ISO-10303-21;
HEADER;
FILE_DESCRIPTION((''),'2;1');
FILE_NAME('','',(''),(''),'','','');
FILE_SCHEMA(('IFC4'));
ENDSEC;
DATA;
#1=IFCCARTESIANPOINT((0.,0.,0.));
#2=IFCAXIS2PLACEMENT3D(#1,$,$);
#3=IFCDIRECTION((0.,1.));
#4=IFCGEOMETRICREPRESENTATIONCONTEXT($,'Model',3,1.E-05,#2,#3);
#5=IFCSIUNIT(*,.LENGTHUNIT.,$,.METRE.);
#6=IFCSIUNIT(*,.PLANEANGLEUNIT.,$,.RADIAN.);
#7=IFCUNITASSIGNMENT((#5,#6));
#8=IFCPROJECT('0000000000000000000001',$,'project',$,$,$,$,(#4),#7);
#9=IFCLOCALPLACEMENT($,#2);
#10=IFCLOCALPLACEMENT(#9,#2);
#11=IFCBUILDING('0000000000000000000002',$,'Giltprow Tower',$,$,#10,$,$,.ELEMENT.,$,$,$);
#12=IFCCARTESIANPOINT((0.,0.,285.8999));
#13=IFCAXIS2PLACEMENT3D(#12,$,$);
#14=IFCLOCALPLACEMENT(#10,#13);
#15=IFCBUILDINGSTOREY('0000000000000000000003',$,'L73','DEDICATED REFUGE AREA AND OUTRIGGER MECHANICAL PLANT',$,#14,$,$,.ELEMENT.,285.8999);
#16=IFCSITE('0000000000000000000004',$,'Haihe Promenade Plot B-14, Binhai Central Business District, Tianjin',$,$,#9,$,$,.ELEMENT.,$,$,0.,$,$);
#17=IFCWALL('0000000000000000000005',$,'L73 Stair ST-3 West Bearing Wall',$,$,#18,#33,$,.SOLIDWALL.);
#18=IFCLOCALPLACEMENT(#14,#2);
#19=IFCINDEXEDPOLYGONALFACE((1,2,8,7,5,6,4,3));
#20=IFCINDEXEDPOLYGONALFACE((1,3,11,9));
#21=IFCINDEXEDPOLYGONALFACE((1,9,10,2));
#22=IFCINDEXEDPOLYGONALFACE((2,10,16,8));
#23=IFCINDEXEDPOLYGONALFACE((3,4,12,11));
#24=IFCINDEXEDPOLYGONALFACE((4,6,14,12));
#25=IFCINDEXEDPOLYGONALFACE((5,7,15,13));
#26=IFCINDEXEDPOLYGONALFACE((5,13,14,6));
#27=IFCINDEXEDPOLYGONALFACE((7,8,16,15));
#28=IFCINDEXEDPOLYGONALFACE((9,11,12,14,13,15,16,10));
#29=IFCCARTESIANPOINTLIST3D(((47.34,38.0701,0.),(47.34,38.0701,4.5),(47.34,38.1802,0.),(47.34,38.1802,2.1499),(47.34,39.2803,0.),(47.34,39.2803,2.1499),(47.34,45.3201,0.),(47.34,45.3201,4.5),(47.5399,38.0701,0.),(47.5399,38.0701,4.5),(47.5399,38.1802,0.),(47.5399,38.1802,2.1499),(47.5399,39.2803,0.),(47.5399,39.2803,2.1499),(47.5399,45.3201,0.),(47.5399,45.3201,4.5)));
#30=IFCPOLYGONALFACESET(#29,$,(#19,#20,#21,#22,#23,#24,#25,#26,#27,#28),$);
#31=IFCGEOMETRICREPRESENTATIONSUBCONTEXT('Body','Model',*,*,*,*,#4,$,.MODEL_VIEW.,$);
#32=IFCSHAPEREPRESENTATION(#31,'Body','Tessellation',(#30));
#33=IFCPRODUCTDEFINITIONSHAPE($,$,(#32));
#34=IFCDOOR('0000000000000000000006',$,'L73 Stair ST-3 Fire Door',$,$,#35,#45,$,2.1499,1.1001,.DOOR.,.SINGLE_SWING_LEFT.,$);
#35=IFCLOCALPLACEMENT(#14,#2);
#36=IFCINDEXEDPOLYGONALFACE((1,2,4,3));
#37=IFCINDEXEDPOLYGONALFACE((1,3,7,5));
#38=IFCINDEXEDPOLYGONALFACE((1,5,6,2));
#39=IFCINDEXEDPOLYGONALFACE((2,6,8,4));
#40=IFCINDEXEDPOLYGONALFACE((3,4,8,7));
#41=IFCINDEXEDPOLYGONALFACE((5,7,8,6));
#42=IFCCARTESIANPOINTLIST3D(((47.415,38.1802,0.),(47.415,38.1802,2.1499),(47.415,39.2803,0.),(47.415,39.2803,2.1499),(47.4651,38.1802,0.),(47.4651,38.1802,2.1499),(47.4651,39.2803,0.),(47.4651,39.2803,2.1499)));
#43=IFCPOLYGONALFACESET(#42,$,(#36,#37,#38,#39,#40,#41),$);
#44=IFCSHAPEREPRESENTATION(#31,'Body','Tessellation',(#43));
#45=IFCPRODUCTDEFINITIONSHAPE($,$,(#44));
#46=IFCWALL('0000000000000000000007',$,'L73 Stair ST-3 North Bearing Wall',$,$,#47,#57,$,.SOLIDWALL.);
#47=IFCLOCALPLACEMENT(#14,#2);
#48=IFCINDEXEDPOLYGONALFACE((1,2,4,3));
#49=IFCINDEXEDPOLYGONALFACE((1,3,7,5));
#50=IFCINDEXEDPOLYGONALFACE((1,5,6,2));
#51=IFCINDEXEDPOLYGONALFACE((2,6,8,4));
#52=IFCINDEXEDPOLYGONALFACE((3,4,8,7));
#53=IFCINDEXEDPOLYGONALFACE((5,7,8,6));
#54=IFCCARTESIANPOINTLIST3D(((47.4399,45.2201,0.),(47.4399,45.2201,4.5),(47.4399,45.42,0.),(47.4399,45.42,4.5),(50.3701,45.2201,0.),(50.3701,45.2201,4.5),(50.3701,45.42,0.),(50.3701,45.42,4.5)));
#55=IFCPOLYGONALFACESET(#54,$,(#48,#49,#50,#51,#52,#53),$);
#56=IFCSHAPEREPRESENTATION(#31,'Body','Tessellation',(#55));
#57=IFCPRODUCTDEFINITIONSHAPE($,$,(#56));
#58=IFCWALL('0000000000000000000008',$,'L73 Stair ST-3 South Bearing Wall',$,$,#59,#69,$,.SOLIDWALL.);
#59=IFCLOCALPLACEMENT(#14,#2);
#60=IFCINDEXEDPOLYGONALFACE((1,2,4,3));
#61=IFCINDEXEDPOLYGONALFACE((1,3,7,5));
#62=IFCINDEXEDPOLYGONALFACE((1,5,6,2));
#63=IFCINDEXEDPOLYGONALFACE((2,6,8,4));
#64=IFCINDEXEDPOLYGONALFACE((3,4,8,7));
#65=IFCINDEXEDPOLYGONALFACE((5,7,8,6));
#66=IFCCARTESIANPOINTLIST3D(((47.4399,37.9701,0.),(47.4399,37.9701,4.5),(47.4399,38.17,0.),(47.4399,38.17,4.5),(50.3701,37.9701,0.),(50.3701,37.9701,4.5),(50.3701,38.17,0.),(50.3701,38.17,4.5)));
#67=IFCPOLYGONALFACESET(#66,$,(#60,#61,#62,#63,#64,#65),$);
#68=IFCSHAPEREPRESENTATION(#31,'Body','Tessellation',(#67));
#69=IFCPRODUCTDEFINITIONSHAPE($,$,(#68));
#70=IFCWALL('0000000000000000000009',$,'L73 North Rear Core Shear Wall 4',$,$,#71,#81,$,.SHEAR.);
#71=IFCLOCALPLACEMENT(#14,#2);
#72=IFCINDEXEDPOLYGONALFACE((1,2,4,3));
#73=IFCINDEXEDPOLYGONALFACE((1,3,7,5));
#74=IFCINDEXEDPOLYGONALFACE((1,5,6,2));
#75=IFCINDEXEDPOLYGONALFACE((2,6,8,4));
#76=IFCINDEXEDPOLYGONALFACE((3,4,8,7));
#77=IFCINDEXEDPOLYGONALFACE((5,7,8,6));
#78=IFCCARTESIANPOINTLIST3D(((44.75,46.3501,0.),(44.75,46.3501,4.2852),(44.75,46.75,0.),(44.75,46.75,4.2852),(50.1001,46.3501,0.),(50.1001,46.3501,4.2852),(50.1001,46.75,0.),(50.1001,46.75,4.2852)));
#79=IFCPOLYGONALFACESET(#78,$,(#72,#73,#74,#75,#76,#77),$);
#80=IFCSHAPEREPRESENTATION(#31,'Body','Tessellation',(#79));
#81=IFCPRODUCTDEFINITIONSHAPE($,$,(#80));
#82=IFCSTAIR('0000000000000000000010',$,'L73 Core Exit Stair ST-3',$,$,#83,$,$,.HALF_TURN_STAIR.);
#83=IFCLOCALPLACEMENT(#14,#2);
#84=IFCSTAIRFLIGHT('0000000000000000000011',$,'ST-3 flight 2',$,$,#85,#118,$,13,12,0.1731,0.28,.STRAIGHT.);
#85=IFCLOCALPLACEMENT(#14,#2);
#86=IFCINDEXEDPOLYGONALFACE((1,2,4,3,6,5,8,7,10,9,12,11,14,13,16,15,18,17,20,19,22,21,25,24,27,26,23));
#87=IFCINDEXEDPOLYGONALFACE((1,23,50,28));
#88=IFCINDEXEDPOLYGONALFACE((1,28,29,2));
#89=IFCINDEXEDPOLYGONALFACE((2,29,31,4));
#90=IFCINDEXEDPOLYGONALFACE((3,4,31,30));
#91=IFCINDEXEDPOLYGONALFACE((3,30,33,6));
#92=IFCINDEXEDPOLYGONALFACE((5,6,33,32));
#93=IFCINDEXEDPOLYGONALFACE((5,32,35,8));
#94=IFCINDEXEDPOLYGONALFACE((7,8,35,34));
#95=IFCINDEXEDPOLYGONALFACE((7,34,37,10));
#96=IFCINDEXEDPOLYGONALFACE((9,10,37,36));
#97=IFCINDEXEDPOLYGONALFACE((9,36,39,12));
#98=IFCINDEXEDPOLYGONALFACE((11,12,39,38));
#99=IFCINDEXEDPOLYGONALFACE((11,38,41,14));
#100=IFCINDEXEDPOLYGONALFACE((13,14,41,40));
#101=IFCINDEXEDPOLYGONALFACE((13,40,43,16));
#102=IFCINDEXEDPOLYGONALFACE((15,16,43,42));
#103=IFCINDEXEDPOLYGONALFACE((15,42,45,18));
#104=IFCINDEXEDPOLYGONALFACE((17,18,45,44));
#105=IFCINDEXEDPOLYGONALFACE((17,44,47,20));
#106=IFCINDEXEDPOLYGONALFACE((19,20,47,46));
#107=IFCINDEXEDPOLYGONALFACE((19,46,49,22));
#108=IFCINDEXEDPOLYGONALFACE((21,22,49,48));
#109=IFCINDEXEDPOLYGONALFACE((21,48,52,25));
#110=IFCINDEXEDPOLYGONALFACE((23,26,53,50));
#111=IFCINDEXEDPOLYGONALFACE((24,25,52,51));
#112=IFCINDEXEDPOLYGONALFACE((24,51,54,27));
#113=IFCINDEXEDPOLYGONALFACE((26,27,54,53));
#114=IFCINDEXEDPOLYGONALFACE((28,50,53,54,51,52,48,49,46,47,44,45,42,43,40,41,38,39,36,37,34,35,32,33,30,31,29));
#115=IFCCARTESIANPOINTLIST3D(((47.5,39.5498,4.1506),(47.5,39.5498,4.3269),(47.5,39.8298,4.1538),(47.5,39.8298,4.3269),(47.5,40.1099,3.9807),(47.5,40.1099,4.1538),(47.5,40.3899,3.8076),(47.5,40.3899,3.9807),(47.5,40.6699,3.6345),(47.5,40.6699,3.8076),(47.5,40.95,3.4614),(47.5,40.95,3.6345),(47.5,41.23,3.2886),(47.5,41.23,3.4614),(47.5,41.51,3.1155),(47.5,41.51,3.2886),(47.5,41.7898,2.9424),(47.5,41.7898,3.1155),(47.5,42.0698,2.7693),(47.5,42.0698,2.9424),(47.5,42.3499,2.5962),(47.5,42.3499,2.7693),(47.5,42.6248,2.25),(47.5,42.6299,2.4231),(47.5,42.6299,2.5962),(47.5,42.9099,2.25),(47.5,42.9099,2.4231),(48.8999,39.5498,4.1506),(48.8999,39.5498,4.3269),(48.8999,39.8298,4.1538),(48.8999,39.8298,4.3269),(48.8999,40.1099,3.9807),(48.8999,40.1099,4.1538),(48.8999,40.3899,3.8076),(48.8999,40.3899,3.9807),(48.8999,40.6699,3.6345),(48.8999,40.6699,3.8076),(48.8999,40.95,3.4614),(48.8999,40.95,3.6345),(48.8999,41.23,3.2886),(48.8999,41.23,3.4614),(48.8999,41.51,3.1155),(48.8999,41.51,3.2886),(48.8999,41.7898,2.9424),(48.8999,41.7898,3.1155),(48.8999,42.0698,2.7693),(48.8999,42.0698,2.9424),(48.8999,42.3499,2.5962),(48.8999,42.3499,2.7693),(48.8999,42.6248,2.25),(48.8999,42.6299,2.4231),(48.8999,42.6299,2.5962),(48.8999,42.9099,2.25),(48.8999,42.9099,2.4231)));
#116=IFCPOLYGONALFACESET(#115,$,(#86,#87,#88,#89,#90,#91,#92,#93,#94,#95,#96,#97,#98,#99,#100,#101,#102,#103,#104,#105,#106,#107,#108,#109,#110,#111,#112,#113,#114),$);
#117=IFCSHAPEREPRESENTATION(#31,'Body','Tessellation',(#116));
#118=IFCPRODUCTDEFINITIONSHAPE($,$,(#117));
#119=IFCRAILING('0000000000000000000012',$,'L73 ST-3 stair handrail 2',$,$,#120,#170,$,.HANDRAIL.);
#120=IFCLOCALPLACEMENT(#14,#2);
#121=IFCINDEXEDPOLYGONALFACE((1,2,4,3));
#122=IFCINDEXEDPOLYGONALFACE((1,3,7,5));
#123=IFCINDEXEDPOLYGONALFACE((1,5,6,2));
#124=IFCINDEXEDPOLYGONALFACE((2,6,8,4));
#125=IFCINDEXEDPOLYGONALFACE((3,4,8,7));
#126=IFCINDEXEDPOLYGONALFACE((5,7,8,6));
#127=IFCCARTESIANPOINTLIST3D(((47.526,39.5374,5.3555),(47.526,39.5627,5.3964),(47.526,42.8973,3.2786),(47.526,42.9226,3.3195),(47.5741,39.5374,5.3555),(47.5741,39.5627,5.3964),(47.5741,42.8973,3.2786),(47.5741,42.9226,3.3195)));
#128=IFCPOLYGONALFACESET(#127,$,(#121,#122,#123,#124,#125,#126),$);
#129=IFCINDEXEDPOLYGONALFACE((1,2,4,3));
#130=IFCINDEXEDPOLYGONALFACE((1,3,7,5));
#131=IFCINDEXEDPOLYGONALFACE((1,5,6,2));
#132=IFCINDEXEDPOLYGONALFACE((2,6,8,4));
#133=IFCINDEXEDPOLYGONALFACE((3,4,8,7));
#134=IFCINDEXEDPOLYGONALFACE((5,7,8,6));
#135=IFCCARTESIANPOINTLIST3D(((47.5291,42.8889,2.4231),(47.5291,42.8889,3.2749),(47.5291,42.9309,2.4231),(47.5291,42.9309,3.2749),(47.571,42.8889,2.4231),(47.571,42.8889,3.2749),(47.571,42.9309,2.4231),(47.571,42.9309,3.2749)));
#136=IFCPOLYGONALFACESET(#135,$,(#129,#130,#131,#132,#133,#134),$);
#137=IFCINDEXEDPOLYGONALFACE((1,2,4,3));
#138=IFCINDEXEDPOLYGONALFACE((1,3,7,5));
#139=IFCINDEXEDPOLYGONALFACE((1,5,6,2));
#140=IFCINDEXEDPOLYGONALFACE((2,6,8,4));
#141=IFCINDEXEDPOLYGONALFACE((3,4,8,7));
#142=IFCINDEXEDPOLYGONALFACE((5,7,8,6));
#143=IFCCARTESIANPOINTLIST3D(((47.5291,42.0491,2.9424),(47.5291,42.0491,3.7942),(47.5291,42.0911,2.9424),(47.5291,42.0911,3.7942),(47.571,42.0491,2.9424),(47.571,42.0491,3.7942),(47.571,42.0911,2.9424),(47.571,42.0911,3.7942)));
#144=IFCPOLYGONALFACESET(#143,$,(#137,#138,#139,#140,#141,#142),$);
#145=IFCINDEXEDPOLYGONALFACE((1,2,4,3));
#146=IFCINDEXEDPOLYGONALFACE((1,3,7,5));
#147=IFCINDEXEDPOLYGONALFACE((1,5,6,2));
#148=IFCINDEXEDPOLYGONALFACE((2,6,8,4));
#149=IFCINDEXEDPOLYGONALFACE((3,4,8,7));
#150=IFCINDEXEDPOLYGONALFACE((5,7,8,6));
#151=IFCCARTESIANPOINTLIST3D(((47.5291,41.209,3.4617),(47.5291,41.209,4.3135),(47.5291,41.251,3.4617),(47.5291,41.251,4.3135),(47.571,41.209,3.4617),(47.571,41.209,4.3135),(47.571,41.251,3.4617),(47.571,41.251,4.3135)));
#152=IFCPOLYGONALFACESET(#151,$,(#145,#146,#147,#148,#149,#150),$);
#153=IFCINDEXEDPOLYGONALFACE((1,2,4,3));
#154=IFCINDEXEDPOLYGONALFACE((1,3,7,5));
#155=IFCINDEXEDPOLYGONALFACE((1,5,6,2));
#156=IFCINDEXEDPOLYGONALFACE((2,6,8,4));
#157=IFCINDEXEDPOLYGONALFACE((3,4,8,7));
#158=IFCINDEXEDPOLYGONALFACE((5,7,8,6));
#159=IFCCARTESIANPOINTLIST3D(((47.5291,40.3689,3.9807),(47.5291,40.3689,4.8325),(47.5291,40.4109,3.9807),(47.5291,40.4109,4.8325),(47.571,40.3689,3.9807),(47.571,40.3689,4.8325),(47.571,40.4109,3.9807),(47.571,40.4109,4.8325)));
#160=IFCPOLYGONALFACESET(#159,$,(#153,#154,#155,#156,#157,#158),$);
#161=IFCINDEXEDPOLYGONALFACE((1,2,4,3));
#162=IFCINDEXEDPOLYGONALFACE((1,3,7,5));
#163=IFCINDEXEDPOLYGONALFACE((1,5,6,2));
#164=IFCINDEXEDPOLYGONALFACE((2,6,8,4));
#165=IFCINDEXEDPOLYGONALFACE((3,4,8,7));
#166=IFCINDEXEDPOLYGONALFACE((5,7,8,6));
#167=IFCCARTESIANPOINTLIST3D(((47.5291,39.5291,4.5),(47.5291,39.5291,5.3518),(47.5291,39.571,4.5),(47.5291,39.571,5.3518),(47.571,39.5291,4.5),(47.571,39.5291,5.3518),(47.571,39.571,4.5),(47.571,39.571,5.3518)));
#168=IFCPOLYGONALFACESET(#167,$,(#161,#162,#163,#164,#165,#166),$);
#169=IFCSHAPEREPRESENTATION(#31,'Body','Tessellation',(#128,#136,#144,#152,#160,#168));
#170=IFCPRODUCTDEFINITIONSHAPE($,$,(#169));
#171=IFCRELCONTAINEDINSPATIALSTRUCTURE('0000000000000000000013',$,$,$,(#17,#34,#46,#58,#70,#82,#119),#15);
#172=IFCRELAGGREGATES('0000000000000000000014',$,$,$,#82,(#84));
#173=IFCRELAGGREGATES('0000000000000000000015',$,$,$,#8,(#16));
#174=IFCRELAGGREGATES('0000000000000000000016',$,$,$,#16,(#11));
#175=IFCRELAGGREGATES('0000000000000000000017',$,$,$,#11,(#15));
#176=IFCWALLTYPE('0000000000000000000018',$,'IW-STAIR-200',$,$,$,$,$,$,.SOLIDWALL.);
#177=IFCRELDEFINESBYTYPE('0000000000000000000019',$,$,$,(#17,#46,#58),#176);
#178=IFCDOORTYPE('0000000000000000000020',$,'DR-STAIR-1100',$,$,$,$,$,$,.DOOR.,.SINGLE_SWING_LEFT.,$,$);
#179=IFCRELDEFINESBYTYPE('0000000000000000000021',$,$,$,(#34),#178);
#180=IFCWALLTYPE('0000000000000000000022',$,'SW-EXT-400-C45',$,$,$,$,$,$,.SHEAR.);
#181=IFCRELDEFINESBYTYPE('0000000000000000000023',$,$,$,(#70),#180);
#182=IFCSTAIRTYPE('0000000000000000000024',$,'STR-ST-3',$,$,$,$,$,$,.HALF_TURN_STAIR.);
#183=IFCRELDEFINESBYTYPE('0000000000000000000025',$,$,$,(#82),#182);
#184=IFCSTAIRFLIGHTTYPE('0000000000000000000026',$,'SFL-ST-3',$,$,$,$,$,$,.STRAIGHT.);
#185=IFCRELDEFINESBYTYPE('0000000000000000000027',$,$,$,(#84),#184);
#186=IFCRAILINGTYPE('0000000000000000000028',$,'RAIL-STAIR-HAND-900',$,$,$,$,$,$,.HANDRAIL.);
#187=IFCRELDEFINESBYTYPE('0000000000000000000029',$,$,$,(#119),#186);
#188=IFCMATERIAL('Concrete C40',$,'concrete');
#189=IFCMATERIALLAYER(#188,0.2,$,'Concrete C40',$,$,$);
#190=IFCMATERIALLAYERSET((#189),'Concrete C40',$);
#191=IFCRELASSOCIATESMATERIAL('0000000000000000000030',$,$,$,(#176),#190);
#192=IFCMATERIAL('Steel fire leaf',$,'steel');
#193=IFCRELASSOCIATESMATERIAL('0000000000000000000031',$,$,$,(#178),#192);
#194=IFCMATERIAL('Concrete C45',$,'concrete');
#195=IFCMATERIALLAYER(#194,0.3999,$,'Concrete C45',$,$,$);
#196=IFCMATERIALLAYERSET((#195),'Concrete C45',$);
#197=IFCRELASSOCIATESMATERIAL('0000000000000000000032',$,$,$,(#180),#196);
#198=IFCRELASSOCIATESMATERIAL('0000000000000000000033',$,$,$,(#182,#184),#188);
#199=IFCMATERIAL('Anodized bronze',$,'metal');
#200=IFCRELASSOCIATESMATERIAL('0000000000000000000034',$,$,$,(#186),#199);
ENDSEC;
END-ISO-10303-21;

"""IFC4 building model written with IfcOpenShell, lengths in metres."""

from ifc_helpers import new_model, si_unit, direction, frame, frame_2d, origin, origin_2d, place, context, subcontext, project, spatial, polyline, rectangle, outline, extrude, source, transform, mapped, material, layer, layer_set, type_object, element, fill, aggregate, save


model = new_model("IFC4")

# Units and contexts
model_context = context("Model", 3, precision=1e-05, world=origin(), true_north=direction((0.0, 1.0)))
body_context = subcontext(model_context, "Body", "Model", "MODEL_VIEW")
ifc_project = project(units=[si_unit("LENGTHUNIT", "METRE"), si_unit("PLANEANGLEUNIT", "RADIAN")], contexts=[model_context])

# Site, building, storey
site_placement = place(None, origin())
site = spatial("IfcSite", under=ifc_project, at=site_placement, Name="Haihe Promenade Plot B-14, Binhai Central Business District, Tianjin", CompositionType="ELEMENT", RefElevation=0.0)
building_placement = place(site_placement, origin())
building = spatial("IfcBuilding", under=site, at=building_placement, Name="Giltprow Tower", CompositionType="ELEMENT")
storey_placement = place(building_placement, frame((0.0, 0.0, 285.8999)))
storey = spatial("IfcBuildingStorey", under=building, at=storey_placement, Name="L73", Description="DEDICATED REFUGE AREA AND OUTRIGGER MECHANICAL PLANT", CompositionType="ELEMENT", Elevation=285.8999)

# Shared definitions
ifc_material_1 = material(Name="Concrete C45", Category="concrete")

# Shared definitions
ifc_material_2 = material(Name="Concrete C40", Category="concrete")

# Wall, opening, door
ifc_layer_1 = layer(ifc_material_2, 0.2, Name="Concrete C40")
ifc_layer_set_1 = layer_set([ifc_layer_1], Name="Concrete C40")
wall_type_1 = type_object("IfcWallType", Name="IW-STAIR-200", PredefinedType="SOLIDWALL", material=ifc_layer_set_1)
wall_1_placement = place(storey_placement, frame((47.4399, 38.0701, 0.0), z_axis=(0.0, 0.0, 1.0), x_axis=(0.0, 1.0, 0.0)))
wall_1 = element("IfcWall", 1, at=wall_1_placement, inside=storey, type_object=wall_type_1, Name="L73 Stair ST-3 West Bearing Wall", PredefinedType="SOLIDWALL", context=body_context, shape_type="SweptSolid", body=[
    extrude(rectangle(XDim=7.25, YDim=0.2, at=frame_2d((3.625, 0.0))), origin(), (0.0, 0.0, 1.0), 4.5),
])
opening_1_placement = place(wall_1_placement, frame((0.1101, 0.0, 0.0)))
opening_1 = element("IfcOpeningElement", 2, at=opening_1_placement, cuts=wall_1, PredefinedType="OPENING", context=body_context, shape_type="SweptSolid", body=[
    extrude(rectangle(XDim=1.1001, YDim=2.1499, at=frame_2d((0.55, 1.075))), frame((0.0, 0.1099, 0.0), z_axis=(0.0, -1.0, 0.0), x_axis=(1.0, 0.0, 0.0)), (0.0, 0.0, 1.0), 0.22),
])
ifc_material_3 = material(Name="Steel fire leaf", Category="steel")
door_type_1 = type_object("IfcDoorType", Name="DR-STAIR-1100", OperationType="SINGLE_SWING_LEFT", PredefinedType="DOOR", material=ifc_material_3)
shared_shape_1 = source(origin(), body_context, "Body", "SweptSolid", [
    extrude(rectangle(XDim=1.1001, YDim=2.1499, at=frame_2d((0.55, 1.075))), frame((0.0, 0.0249, 0.0), z_axis=(0.0, -1.0, 0.0), x_axis=(1.0, 0.0, 0.0)), (0.0, 0.0, 1.0), 0.05),
])
door_1_placement = place(opening_1_placement, origin())
door_1 = element("IfcDoor", 3, at=door_1_placement, inside=storey, type_object=door_type_1, Name="L73 Stair ST-3 Fire Door", OperationType="SINGLE_SWING_LEFT", OverallHeight=2.1499, OverallWidth=1.1001, PredefinedType="DOOR", context=body_context, shape_type="MappedRepresentation", body=[
    mapped(shared_shape_1, transform((0.0, 0.0, 0.0), x_axis=(1.0, 0.0, 0.0), y_axis=(0.0, 1.0, 0.0), z_axis=(0.0, 0.0, 1.0), scale=1.0)),
])
fill(opening_1, door_1)

# Walls
for number, where, z_axis, x_axis, name in (
    (4, (47.4399, 45.3201, 0.0), (0.0, 0.0, 1.0), (1.0, 0.0, 0.0), "L73 Stair ST-3 North Bearing Wall"),
    (5, (47.4399, 38.0701, 0.0), (0.0, 0.0, 1.0), (1.0, 0.0, 0.0), "L73 Stair ST-3 South Bearing Wall"),
):
    element("IfcWall", number, at=place(storey_placement, frame(where, z_axis=z_axis, x_axis=x_axis)), inside=storey, type_object=wall_type_1, Name=name, PredefinedType="SOLIDWALL", context=body_context, shape_type="SweptSolid", body=[
        extrude(rectangle(XDim=2.9302, YDim=0.2, at=frame_2d((1.4651, 0.0))), origin(), (0.0, 0.0, 1.0), 4.5),
    ])
ifc_layer_2 = layer(ifc_material_1, 0.3999, Name="Concrete C45")
ifc_layer_set_2 = layer_set([ifc_layer_2], Name="Concrete C45")
wall_type_2 = type_object("IfcWallType", Name="SW-EXT-400-C45", PredefinedType="SHEAR", material=ifc_layer_set_2)
wall_2_placement = place(storey_placement, frame((44.75, 46.55, 0.0), z_axis=(0.0, 0.0, 1.0), x_axis=(1.0, 0.0, 0.0)))
element("IfcWall", 6, at=wall_2_placement, inside=storey, type_object=wall_type_2, Name="L73 North Rear Core Shear Wall 4", PredefinedType="SHEAR", context=body_context, shape_type="SweptSolid", body=[
    extrude(rectangle(XDim=5.3501, YDim=0.3999, at=frame_2d((2.675, 0.0))), origin(), (0.0, 0.0, 1.0), 4.2852),
])

# Stair, stair flight
stair_type = type_object("IfcStairType", Name="STR-ST-3", PredefinedType="HALF_TURN_STAIR", material=ifc_material_2)
stair_placement = place(storey_placement, origin())
stair = element("IfcStair", 7, at=stair_placement, inside=storey, type_object=stair_type, Name="L73 Core Exit Stair ST-3", PredefinedType="HALF_TURN_STAIR")
stair_flight_type = type_object("IfcStairFlightType", Name="SFL-ST-3", PredefinedType="STRAIGHT", material=ifc_material_2)
stair_flight_placement = place(storey_placement, frame((48.2, 42.9099, 2.25), z_axis=(0.0, 0.0, 1.0), x_axis=(0.0, -1.0, 0.0)))
stair_flight = element("IfcStairFlight", 8, at=stair_flight_placement, type_object=stair_flight_type, Name="ST-3 flight 2", NumberOfRisers=13, NumberOfTreads=12, PredefinedType="STRAIGHT", RiserHeight=0.1731, TreadLength=0.28, context=body_context, shape_type="SweptSolid", body=[
    extrude(outline(polyline([(0.0, 0.0), (0.0, 0.1731), (0.28, 0.1731), (0.28, 0.3462), (0.5601, 0.3462), (0.5601, 0.5193), (0.8401, 0.5193), (0.8401, 0.6924), (1.1201, 0.6924), (1.1201, 0.8655), (1.3999, 0.8655), (1.3999, 1.0386), (1.6799, 1.0386), (1.6799, 1.2114), (1.96, 1.2114), (1.96, 1.3845), (2.24, 1.3845), (2.24, 1.5576), (2.52, 1.5576), (2.52, 1.7307), (2.8, 1.7307), (2.8, 1.9038), (3.0801, 1.9038), (3.0801, 2.0769), (3.3601, 2.0769), (3.3601, 2.25), (3.3601, 1.9006), (0.2852, 0.0), (0.0, 0.0)])), frame((0.0, 0.7, 0.0), z_axis=(0.0, -1.0, 0.0), x_axis=(1.0, 0.0, 0.0)), (0.0, 0.0, 1.0), 1.3999),
])
aggregate(stair, [stair_flight])

# Railing
ifc_material_4 = material(Name="Anodized bronze", Category="metal")
railing_type = type_object("IfcRailingType", Name="RAIL-STAIR-HAND-900", PredefinedType="HANDRAIL", material=ifc_material_4)
railing_placement = place(storey_placement, frame((47.55, 42.9099, 2.4231)))
element("IfcRailing", 9, at=railing_placement, inside=storey, type_object=railing_type, Name="L73 ST-3 stair handrail 2", PredefinedType="HANDRAIL", context=body_context, shape_type="SweptSolid", body=[
    extrude(rectangle(XDim=0.0481, YDim=0.0481, at=origin_2d()), frame((0.0, 0.0, 0.876), z_axis=(0.0, -0.850606, 0.525803), x_axis=(1.0, 0.0, 0.0)), (0.0, 0.0, 1.0), 3.95),
    extrude(rectangle(XDim=0.042, YDim=0.042, at=origin_2d()), origin(), (0.0, 0.0, 1.0), 0.8518),
    extrude(rectangle(XDim=0.042, YDim=0.042, at=origin_2d()), frame((0.0, -0.8398, 0.5193)), (0.0, 0.0, 1.0), 0.8518),
    extrude(rectangle(XDim=0.042, YDim=0.042, at=origin_2d()), frame((0.0, -1.6799, 1.0386)), (0.0, 0.0, 1.0), 0.8518),
    extrude(rectangle(XDim=0.042, YDim=0.042, at=origin_2d()), frame((0.0, -2.52, 1.5576)), (0.0, 0.0, 1.0), 0.8518),
    extrude(rectangle(XDim=0.042, YDim=0.042, at=origin_2d()), frame((0.0, -3.3599, 2.0769)), (0.0, 0.0, 1.0), 0.8518),
])

save(model, "model.ifc")
